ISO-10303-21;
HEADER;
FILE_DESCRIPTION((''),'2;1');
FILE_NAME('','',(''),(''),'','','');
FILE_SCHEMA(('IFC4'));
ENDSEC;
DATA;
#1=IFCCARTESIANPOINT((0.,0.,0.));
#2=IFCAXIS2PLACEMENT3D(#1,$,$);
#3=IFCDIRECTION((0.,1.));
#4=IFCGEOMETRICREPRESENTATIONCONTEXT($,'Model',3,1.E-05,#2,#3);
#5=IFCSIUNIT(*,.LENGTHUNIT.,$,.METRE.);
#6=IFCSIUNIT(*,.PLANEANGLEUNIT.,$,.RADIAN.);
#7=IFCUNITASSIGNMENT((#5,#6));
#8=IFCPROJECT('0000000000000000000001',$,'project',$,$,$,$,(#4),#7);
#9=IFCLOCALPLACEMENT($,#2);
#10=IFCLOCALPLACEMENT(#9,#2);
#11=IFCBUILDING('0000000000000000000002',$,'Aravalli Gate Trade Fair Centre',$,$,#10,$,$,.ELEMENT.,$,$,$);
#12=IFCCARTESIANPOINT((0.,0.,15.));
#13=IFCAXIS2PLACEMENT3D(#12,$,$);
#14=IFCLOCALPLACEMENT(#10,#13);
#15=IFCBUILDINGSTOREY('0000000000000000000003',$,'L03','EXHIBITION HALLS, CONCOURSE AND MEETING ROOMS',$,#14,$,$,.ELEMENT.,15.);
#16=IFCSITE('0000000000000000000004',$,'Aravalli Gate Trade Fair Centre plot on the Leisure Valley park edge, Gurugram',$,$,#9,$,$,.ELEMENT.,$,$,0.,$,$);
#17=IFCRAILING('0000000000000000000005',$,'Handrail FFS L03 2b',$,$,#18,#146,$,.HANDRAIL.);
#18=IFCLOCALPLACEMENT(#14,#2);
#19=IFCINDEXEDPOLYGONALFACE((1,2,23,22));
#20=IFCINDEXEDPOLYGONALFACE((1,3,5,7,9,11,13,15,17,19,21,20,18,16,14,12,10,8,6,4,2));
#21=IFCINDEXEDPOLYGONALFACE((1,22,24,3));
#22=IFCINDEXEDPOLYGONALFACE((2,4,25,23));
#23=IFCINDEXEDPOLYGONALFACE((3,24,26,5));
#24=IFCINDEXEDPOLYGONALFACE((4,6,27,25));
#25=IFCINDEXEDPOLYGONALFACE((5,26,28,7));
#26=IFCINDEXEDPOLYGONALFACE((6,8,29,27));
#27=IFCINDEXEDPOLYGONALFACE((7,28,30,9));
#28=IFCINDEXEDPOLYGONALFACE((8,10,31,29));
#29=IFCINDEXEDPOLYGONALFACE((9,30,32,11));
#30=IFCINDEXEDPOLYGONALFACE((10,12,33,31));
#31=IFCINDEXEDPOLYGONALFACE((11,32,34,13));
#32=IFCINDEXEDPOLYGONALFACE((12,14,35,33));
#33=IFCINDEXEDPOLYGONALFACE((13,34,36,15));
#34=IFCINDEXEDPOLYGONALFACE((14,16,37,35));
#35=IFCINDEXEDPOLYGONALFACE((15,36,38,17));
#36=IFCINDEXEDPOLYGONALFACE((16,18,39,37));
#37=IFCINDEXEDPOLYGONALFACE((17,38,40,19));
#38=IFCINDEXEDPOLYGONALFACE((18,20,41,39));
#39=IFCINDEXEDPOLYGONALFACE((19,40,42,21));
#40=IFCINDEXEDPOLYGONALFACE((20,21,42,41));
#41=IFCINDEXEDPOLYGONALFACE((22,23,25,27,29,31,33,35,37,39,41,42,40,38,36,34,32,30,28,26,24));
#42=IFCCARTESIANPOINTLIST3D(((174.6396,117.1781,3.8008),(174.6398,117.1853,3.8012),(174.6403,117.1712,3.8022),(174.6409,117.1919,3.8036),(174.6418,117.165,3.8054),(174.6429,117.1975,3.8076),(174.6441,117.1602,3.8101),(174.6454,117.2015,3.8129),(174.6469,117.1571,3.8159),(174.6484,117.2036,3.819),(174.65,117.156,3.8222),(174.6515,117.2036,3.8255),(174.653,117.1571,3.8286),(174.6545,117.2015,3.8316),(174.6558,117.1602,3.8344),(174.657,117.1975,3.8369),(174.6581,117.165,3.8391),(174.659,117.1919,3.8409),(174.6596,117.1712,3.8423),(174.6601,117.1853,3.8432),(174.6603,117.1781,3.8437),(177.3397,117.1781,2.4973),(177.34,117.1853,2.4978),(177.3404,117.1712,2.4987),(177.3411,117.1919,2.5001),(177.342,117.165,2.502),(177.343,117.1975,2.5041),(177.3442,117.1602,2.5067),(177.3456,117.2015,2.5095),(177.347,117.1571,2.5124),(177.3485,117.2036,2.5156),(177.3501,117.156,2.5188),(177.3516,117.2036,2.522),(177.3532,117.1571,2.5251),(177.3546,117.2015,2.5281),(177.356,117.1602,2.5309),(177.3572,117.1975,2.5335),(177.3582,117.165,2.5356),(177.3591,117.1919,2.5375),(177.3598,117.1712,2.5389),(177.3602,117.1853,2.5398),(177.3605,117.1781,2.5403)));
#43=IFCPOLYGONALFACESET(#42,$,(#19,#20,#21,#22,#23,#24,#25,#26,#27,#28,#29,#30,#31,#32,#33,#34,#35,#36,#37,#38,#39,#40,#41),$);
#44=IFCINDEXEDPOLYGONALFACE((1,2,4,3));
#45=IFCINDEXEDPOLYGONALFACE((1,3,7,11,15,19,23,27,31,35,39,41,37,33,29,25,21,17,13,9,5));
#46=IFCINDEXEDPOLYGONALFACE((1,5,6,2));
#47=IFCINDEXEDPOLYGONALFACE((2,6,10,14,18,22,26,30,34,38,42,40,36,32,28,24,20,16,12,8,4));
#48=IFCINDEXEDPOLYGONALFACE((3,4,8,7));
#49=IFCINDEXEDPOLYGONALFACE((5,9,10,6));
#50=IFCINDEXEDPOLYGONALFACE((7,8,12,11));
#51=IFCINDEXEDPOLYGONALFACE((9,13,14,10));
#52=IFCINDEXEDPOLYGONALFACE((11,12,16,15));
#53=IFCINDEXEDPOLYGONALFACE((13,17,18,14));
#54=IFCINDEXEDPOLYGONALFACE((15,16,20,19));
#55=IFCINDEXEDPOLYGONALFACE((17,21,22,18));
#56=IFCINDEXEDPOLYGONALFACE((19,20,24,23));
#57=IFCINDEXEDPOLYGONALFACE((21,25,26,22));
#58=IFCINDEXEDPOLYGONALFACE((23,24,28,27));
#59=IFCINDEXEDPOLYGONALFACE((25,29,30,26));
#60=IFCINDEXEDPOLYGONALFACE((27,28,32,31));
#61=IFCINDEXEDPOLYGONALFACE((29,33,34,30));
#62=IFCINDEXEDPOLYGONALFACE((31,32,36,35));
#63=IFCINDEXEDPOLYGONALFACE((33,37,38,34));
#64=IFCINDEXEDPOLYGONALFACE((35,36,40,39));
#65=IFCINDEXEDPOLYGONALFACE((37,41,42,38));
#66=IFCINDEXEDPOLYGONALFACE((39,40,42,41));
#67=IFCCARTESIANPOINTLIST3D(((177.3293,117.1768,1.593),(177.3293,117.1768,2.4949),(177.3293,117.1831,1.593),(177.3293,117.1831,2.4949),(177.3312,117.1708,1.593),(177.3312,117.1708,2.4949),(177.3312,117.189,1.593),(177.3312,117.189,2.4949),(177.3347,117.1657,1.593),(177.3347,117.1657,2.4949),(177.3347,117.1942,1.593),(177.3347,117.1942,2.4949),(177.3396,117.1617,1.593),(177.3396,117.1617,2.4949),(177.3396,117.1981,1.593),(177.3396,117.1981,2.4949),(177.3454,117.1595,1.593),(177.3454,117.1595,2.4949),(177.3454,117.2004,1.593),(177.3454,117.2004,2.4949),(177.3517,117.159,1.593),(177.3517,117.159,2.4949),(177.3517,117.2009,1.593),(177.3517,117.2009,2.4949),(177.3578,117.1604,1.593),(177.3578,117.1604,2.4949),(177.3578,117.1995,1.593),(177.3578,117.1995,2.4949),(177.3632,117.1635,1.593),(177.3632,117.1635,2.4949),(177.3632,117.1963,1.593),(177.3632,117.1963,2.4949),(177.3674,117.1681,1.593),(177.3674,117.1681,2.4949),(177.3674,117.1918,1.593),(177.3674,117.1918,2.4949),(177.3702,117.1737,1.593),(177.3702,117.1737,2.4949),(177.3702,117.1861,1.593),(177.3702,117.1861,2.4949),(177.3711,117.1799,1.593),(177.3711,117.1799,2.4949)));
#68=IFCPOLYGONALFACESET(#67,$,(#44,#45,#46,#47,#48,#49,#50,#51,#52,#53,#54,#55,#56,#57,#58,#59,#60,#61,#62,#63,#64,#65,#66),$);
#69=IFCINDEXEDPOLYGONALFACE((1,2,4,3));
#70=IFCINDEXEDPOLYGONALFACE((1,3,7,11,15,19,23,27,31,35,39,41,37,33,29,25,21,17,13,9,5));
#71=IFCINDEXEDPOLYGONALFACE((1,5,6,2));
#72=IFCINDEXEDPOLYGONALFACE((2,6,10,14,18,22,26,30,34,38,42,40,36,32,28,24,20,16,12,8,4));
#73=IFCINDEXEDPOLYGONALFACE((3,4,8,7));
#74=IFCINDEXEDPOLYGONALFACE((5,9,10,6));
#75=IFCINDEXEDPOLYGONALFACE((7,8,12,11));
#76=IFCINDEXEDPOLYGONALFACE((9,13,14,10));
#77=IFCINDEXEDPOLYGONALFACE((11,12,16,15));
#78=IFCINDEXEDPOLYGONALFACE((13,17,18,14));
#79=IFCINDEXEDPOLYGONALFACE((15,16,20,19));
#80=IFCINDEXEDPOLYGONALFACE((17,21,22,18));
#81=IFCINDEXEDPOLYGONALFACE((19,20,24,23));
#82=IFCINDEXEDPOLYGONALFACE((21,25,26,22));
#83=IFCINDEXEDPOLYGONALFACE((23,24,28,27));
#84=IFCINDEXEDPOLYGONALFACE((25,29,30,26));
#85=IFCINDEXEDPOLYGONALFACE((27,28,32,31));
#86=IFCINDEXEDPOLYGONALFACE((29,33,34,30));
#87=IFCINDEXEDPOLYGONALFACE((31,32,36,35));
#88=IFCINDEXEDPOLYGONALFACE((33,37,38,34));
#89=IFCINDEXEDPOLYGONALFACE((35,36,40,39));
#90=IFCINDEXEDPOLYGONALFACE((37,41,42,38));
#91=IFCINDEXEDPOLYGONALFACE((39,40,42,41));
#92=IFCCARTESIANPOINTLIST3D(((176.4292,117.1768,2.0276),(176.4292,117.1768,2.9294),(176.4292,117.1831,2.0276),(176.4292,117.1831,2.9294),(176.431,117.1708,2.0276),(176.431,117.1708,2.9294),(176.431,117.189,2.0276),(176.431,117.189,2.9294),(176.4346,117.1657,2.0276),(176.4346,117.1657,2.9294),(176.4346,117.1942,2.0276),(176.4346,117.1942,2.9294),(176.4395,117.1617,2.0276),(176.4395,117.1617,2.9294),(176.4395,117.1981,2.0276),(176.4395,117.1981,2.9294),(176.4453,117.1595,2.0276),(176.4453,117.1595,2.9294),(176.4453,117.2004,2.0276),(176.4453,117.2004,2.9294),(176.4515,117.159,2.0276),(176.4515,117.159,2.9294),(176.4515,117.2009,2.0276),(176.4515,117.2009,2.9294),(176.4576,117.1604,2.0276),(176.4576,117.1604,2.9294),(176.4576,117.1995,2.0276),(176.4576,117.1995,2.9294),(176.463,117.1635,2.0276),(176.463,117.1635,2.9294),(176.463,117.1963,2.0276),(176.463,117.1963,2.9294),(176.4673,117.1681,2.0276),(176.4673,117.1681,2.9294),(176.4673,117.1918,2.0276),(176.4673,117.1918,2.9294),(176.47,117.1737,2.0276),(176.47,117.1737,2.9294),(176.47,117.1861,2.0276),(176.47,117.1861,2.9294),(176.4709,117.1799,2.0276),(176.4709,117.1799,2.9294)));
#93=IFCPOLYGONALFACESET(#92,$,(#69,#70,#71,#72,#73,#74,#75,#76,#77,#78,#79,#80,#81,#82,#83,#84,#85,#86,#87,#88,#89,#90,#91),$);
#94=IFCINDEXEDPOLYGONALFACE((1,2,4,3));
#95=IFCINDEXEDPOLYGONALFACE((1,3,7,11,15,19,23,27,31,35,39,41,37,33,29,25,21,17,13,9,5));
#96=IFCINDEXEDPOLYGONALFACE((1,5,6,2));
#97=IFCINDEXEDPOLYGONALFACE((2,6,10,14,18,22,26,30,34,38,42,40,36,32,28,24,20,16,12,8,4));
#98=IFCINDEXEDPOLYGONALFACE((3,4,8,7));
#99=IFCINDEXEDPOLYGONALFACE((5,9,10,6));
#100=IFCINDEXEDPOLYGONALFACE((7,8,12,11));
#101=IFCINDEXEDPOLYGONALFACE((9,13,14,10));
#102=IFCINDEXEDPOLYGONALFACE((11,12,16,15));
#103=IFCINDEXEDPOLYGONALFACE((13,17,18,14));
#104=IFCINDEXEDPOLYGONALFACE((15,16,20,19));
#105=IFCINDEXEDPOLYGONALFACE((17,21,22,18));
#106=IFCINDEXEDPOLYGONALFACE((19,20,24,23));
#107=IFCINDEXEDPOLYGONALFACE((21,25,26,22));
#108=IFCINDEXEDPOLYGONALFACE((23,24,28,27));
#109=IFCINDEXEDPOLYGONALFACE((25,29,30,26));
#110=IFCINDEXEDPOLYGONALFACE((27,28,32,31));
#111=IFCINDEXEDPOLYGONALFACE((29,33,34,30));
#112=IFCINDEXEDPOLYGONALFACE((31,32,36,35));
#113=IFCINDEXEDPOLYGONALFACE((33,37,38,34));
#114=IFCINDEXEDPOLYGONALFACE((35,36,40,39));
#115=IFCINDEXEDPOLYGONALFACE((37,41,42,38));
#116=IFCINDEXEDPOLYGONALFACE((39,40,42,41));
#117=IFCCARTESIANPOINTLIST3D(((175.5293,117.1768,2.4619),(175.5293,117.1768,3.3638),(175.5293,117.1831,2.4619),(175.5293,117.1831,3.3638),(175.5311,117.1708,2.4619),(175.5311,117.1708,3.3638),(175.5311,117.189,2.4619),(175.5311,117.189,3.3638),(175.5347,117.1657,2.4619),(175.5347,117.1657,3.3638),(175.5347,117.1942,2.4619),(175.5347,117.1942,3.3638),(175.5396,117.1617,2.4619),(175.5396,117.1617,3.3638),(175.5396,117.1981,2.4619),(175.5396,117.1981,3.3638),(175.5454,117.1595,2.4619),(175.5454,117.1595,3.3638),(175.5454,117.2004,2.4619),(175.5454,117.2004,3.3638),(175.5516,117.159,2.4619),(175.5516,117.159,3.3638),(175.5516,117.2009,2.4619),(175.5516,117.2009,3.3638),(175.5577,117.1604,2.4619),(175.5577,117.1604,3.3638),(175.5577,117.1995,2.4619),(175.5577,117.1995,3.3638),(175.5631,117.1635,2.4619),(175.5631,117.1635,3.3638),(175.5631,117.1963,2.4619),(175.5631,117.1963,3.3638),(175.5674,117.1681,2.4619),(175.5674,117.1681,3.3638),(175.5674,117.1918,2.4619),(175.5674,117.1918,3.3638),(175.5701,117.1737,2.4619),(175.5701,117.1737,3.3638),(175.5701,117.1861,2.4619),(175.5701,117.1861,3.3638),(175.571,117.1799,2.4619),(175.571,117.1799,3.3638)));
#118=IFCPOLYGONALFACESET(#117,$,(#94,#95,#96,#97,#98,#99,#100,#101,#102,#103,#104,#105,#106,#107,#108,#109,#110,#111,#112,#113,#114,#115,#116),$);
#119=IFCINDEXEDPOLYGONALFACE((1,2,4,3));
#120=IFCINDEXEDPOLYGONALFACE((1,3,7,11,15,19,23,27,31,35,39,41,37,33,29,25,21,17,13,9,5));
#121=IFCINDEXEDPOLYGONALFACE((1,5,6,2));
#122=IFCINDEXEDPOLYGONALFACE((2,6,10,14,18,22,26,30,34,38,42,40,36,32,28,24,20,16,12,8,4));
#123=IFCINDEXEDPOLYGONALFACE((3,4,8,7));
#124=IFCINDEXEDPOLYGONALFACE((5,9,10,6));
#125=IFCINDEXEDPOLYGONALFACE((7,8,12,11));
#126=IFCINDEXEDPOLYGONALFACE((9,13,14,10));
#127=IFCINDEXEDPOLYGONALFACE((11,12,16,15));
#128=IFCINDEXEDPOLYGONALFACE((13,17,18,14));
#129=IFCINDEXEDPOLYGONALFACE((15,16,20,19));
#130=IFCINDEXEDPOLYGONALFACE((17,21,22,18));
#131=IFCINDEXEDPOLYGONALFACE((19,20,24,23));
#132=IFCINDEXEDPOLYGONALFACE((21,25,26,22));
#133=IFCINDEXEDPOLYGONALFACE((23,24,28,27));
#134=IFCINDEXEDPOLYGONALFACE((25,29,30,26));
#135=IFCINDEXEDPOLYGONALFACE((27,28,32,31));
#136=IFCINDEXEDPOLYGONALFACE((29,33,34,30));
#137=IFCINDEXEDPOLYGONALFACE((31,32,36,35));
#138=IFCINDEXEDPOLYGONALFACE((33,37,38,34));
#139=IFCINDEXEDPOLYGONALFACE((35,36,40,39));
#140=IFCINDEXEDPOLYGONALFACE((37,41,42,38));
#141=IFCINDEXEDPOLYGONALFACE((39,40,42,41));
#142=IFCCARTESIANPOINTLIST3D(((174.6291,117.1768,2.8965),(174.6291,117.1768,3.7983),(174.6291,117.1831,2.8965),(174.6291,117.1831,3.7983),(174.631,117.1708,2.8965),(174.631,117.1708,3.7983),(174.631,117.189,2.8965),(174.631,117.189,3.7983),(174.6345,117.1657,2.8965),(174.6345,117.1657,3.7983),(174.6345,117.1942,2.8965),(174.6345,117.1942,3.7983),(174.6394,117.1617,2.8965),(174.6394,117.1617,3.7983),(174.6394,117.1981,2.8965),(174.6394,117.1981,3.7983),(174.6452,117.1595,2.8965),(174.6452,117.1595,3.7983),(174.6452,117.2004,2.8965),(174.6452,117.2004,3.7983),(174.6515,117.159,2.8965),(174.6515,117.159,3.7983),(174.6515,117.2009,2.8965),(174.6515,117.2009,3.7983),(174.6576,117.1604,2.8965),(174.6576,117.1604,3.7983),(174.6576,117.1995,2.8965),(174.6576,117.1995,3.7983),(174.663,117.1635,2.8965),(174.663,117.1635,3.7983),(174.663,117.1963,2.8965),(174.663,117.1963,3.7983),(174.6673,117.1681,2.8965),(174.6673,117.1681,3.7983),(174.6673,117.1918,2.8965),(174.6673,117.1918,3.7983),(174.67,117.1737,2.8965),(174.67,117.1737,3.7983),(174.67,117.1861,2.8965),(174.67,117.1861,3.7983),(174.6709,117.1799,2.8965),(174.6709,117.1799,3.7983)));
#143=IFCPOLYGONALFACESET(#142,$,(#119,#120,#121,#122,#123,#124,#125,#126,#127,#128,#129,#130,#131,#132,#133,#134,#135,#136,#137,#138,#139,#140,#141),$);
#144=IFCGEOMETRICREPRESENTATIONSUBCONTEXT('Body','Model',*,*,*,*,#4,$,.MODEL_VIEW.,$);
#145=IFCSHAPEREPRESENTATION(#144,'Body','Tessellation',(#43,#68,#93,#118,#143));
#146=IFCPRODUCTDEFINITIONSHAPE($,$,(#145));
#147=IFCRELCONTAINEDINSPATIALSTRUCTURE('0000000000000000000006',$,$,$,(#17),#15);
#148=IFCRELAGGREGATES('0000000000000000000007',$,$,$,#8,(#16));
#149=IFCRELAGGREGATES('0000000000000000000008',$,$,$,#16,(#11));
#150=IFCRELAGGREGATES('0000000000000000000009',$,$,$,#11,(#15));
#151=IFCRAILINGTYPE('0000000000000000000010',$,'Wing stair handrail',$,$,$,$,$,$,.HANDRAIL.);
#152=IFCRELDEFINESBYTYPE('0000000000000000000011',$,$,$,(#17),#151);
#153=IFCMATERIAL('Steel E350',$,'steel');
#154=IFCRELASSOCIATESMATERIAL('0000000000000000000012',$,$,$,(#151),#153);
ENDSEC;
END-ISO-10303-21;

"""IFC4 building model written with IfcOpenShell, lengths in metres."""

from ifc_helpers import new_model, si_unit, direction, frame, origin, origin_2d, place, context, subcontext, project, spatial, circle, extrude, material, type_object, element, save


model = new_model("IFC4")

# Units and contexts
model_context = context("Model", 3, precision=1e-05, world=origin(), true_north=direction((0.0, 1.0)))
body_context = subcontext(model_context, "Body", "Model", "MODEL_VIEW")
ifc_project = project(units=[si_unit("LENGTHUNIT", "METRE"), si_unit("PLANEANGLEUNIT", "RADIAN")], contexts=[model_context])

# Site, building, storey
site_placement = place(None, origin())
site = spatial("IfcSite", under=ifc_project, at=site_placement, Name="Aravalli Gate Trade Fair Centre plot on the Leisure Valley park edge, Gurugram", CompositionType="ELEMENT", RefElevation=0.0)
building_placement = place(site_placement, origin())
building = spatial("IfcBuilding", under=site, at=building_placement, Name="Aravalli Gate Trade Fair Centre", CompositionType="ELEMENT")
storey_placement = place(building_placement, frame((0.0, 0.0, 15.0)))
storey = spatial("IfcBuildingStorey", under=building, at=storey_placement, Name="L03", Description="EXHIBITION HALLS, CONCOURSE AND MEETING ROOMS", CompositionType="ELEMENT", Elevation=15.0)

# Shared definitions
ifc_material_1 = material(Name="Steel E350", Category="steel")

# Railing
railing_type_1 = type_object("IfcRailingType", Name="Wing stair handrail", PredefinedType="HANDRAIL", material=ifc_material_1)
for number, where, name in (
    (1, (177.3501, 117.1799, 1.593), "Handrail FFS L03 2b"),
):
    element("IfcRailing", number, at=place(storey_placement, frame(where)), inside=storey, type_object=railing_type_1, Name=name, PredefinedType="HANDRAIL", context=body_context, shape_type="SweptSolid", body=[
        extrude(circle(Radius=0.0239, at=origin_2d()), frame((0.0, 0.0, 0.9258), z_axis=(-0.900562, 0.0, 0.434729), x_axis=(0.0, -1.0, 0.0)), (0.0, 0.0, 1.0), 2.9983),
        extrude(circle(Radius=0.021, at=origin_2d()), origin(), (0.0, 0.0, 1.0), 0.9019),
        extrude(circle(Radius=0.021, at=origin_2d()), frame((-0.9001, 0.0, 0.4346)), (0.0, 0.0, 1.0), 0.9019),
        extrude(circle(Radius=0.021, at=origin_2d()), frame((-1.8, 0.0, 0.8689)), (0.0, 0.0, 1.0), 0.9019),
        extrude(circle(Radius=0.021, at=origin_2d()), frame((-2.7002, 0.0, 1.3035)), (0.0, 0.0, 1.0), 0.9019),
    ])

save(model, "model.ifc")
